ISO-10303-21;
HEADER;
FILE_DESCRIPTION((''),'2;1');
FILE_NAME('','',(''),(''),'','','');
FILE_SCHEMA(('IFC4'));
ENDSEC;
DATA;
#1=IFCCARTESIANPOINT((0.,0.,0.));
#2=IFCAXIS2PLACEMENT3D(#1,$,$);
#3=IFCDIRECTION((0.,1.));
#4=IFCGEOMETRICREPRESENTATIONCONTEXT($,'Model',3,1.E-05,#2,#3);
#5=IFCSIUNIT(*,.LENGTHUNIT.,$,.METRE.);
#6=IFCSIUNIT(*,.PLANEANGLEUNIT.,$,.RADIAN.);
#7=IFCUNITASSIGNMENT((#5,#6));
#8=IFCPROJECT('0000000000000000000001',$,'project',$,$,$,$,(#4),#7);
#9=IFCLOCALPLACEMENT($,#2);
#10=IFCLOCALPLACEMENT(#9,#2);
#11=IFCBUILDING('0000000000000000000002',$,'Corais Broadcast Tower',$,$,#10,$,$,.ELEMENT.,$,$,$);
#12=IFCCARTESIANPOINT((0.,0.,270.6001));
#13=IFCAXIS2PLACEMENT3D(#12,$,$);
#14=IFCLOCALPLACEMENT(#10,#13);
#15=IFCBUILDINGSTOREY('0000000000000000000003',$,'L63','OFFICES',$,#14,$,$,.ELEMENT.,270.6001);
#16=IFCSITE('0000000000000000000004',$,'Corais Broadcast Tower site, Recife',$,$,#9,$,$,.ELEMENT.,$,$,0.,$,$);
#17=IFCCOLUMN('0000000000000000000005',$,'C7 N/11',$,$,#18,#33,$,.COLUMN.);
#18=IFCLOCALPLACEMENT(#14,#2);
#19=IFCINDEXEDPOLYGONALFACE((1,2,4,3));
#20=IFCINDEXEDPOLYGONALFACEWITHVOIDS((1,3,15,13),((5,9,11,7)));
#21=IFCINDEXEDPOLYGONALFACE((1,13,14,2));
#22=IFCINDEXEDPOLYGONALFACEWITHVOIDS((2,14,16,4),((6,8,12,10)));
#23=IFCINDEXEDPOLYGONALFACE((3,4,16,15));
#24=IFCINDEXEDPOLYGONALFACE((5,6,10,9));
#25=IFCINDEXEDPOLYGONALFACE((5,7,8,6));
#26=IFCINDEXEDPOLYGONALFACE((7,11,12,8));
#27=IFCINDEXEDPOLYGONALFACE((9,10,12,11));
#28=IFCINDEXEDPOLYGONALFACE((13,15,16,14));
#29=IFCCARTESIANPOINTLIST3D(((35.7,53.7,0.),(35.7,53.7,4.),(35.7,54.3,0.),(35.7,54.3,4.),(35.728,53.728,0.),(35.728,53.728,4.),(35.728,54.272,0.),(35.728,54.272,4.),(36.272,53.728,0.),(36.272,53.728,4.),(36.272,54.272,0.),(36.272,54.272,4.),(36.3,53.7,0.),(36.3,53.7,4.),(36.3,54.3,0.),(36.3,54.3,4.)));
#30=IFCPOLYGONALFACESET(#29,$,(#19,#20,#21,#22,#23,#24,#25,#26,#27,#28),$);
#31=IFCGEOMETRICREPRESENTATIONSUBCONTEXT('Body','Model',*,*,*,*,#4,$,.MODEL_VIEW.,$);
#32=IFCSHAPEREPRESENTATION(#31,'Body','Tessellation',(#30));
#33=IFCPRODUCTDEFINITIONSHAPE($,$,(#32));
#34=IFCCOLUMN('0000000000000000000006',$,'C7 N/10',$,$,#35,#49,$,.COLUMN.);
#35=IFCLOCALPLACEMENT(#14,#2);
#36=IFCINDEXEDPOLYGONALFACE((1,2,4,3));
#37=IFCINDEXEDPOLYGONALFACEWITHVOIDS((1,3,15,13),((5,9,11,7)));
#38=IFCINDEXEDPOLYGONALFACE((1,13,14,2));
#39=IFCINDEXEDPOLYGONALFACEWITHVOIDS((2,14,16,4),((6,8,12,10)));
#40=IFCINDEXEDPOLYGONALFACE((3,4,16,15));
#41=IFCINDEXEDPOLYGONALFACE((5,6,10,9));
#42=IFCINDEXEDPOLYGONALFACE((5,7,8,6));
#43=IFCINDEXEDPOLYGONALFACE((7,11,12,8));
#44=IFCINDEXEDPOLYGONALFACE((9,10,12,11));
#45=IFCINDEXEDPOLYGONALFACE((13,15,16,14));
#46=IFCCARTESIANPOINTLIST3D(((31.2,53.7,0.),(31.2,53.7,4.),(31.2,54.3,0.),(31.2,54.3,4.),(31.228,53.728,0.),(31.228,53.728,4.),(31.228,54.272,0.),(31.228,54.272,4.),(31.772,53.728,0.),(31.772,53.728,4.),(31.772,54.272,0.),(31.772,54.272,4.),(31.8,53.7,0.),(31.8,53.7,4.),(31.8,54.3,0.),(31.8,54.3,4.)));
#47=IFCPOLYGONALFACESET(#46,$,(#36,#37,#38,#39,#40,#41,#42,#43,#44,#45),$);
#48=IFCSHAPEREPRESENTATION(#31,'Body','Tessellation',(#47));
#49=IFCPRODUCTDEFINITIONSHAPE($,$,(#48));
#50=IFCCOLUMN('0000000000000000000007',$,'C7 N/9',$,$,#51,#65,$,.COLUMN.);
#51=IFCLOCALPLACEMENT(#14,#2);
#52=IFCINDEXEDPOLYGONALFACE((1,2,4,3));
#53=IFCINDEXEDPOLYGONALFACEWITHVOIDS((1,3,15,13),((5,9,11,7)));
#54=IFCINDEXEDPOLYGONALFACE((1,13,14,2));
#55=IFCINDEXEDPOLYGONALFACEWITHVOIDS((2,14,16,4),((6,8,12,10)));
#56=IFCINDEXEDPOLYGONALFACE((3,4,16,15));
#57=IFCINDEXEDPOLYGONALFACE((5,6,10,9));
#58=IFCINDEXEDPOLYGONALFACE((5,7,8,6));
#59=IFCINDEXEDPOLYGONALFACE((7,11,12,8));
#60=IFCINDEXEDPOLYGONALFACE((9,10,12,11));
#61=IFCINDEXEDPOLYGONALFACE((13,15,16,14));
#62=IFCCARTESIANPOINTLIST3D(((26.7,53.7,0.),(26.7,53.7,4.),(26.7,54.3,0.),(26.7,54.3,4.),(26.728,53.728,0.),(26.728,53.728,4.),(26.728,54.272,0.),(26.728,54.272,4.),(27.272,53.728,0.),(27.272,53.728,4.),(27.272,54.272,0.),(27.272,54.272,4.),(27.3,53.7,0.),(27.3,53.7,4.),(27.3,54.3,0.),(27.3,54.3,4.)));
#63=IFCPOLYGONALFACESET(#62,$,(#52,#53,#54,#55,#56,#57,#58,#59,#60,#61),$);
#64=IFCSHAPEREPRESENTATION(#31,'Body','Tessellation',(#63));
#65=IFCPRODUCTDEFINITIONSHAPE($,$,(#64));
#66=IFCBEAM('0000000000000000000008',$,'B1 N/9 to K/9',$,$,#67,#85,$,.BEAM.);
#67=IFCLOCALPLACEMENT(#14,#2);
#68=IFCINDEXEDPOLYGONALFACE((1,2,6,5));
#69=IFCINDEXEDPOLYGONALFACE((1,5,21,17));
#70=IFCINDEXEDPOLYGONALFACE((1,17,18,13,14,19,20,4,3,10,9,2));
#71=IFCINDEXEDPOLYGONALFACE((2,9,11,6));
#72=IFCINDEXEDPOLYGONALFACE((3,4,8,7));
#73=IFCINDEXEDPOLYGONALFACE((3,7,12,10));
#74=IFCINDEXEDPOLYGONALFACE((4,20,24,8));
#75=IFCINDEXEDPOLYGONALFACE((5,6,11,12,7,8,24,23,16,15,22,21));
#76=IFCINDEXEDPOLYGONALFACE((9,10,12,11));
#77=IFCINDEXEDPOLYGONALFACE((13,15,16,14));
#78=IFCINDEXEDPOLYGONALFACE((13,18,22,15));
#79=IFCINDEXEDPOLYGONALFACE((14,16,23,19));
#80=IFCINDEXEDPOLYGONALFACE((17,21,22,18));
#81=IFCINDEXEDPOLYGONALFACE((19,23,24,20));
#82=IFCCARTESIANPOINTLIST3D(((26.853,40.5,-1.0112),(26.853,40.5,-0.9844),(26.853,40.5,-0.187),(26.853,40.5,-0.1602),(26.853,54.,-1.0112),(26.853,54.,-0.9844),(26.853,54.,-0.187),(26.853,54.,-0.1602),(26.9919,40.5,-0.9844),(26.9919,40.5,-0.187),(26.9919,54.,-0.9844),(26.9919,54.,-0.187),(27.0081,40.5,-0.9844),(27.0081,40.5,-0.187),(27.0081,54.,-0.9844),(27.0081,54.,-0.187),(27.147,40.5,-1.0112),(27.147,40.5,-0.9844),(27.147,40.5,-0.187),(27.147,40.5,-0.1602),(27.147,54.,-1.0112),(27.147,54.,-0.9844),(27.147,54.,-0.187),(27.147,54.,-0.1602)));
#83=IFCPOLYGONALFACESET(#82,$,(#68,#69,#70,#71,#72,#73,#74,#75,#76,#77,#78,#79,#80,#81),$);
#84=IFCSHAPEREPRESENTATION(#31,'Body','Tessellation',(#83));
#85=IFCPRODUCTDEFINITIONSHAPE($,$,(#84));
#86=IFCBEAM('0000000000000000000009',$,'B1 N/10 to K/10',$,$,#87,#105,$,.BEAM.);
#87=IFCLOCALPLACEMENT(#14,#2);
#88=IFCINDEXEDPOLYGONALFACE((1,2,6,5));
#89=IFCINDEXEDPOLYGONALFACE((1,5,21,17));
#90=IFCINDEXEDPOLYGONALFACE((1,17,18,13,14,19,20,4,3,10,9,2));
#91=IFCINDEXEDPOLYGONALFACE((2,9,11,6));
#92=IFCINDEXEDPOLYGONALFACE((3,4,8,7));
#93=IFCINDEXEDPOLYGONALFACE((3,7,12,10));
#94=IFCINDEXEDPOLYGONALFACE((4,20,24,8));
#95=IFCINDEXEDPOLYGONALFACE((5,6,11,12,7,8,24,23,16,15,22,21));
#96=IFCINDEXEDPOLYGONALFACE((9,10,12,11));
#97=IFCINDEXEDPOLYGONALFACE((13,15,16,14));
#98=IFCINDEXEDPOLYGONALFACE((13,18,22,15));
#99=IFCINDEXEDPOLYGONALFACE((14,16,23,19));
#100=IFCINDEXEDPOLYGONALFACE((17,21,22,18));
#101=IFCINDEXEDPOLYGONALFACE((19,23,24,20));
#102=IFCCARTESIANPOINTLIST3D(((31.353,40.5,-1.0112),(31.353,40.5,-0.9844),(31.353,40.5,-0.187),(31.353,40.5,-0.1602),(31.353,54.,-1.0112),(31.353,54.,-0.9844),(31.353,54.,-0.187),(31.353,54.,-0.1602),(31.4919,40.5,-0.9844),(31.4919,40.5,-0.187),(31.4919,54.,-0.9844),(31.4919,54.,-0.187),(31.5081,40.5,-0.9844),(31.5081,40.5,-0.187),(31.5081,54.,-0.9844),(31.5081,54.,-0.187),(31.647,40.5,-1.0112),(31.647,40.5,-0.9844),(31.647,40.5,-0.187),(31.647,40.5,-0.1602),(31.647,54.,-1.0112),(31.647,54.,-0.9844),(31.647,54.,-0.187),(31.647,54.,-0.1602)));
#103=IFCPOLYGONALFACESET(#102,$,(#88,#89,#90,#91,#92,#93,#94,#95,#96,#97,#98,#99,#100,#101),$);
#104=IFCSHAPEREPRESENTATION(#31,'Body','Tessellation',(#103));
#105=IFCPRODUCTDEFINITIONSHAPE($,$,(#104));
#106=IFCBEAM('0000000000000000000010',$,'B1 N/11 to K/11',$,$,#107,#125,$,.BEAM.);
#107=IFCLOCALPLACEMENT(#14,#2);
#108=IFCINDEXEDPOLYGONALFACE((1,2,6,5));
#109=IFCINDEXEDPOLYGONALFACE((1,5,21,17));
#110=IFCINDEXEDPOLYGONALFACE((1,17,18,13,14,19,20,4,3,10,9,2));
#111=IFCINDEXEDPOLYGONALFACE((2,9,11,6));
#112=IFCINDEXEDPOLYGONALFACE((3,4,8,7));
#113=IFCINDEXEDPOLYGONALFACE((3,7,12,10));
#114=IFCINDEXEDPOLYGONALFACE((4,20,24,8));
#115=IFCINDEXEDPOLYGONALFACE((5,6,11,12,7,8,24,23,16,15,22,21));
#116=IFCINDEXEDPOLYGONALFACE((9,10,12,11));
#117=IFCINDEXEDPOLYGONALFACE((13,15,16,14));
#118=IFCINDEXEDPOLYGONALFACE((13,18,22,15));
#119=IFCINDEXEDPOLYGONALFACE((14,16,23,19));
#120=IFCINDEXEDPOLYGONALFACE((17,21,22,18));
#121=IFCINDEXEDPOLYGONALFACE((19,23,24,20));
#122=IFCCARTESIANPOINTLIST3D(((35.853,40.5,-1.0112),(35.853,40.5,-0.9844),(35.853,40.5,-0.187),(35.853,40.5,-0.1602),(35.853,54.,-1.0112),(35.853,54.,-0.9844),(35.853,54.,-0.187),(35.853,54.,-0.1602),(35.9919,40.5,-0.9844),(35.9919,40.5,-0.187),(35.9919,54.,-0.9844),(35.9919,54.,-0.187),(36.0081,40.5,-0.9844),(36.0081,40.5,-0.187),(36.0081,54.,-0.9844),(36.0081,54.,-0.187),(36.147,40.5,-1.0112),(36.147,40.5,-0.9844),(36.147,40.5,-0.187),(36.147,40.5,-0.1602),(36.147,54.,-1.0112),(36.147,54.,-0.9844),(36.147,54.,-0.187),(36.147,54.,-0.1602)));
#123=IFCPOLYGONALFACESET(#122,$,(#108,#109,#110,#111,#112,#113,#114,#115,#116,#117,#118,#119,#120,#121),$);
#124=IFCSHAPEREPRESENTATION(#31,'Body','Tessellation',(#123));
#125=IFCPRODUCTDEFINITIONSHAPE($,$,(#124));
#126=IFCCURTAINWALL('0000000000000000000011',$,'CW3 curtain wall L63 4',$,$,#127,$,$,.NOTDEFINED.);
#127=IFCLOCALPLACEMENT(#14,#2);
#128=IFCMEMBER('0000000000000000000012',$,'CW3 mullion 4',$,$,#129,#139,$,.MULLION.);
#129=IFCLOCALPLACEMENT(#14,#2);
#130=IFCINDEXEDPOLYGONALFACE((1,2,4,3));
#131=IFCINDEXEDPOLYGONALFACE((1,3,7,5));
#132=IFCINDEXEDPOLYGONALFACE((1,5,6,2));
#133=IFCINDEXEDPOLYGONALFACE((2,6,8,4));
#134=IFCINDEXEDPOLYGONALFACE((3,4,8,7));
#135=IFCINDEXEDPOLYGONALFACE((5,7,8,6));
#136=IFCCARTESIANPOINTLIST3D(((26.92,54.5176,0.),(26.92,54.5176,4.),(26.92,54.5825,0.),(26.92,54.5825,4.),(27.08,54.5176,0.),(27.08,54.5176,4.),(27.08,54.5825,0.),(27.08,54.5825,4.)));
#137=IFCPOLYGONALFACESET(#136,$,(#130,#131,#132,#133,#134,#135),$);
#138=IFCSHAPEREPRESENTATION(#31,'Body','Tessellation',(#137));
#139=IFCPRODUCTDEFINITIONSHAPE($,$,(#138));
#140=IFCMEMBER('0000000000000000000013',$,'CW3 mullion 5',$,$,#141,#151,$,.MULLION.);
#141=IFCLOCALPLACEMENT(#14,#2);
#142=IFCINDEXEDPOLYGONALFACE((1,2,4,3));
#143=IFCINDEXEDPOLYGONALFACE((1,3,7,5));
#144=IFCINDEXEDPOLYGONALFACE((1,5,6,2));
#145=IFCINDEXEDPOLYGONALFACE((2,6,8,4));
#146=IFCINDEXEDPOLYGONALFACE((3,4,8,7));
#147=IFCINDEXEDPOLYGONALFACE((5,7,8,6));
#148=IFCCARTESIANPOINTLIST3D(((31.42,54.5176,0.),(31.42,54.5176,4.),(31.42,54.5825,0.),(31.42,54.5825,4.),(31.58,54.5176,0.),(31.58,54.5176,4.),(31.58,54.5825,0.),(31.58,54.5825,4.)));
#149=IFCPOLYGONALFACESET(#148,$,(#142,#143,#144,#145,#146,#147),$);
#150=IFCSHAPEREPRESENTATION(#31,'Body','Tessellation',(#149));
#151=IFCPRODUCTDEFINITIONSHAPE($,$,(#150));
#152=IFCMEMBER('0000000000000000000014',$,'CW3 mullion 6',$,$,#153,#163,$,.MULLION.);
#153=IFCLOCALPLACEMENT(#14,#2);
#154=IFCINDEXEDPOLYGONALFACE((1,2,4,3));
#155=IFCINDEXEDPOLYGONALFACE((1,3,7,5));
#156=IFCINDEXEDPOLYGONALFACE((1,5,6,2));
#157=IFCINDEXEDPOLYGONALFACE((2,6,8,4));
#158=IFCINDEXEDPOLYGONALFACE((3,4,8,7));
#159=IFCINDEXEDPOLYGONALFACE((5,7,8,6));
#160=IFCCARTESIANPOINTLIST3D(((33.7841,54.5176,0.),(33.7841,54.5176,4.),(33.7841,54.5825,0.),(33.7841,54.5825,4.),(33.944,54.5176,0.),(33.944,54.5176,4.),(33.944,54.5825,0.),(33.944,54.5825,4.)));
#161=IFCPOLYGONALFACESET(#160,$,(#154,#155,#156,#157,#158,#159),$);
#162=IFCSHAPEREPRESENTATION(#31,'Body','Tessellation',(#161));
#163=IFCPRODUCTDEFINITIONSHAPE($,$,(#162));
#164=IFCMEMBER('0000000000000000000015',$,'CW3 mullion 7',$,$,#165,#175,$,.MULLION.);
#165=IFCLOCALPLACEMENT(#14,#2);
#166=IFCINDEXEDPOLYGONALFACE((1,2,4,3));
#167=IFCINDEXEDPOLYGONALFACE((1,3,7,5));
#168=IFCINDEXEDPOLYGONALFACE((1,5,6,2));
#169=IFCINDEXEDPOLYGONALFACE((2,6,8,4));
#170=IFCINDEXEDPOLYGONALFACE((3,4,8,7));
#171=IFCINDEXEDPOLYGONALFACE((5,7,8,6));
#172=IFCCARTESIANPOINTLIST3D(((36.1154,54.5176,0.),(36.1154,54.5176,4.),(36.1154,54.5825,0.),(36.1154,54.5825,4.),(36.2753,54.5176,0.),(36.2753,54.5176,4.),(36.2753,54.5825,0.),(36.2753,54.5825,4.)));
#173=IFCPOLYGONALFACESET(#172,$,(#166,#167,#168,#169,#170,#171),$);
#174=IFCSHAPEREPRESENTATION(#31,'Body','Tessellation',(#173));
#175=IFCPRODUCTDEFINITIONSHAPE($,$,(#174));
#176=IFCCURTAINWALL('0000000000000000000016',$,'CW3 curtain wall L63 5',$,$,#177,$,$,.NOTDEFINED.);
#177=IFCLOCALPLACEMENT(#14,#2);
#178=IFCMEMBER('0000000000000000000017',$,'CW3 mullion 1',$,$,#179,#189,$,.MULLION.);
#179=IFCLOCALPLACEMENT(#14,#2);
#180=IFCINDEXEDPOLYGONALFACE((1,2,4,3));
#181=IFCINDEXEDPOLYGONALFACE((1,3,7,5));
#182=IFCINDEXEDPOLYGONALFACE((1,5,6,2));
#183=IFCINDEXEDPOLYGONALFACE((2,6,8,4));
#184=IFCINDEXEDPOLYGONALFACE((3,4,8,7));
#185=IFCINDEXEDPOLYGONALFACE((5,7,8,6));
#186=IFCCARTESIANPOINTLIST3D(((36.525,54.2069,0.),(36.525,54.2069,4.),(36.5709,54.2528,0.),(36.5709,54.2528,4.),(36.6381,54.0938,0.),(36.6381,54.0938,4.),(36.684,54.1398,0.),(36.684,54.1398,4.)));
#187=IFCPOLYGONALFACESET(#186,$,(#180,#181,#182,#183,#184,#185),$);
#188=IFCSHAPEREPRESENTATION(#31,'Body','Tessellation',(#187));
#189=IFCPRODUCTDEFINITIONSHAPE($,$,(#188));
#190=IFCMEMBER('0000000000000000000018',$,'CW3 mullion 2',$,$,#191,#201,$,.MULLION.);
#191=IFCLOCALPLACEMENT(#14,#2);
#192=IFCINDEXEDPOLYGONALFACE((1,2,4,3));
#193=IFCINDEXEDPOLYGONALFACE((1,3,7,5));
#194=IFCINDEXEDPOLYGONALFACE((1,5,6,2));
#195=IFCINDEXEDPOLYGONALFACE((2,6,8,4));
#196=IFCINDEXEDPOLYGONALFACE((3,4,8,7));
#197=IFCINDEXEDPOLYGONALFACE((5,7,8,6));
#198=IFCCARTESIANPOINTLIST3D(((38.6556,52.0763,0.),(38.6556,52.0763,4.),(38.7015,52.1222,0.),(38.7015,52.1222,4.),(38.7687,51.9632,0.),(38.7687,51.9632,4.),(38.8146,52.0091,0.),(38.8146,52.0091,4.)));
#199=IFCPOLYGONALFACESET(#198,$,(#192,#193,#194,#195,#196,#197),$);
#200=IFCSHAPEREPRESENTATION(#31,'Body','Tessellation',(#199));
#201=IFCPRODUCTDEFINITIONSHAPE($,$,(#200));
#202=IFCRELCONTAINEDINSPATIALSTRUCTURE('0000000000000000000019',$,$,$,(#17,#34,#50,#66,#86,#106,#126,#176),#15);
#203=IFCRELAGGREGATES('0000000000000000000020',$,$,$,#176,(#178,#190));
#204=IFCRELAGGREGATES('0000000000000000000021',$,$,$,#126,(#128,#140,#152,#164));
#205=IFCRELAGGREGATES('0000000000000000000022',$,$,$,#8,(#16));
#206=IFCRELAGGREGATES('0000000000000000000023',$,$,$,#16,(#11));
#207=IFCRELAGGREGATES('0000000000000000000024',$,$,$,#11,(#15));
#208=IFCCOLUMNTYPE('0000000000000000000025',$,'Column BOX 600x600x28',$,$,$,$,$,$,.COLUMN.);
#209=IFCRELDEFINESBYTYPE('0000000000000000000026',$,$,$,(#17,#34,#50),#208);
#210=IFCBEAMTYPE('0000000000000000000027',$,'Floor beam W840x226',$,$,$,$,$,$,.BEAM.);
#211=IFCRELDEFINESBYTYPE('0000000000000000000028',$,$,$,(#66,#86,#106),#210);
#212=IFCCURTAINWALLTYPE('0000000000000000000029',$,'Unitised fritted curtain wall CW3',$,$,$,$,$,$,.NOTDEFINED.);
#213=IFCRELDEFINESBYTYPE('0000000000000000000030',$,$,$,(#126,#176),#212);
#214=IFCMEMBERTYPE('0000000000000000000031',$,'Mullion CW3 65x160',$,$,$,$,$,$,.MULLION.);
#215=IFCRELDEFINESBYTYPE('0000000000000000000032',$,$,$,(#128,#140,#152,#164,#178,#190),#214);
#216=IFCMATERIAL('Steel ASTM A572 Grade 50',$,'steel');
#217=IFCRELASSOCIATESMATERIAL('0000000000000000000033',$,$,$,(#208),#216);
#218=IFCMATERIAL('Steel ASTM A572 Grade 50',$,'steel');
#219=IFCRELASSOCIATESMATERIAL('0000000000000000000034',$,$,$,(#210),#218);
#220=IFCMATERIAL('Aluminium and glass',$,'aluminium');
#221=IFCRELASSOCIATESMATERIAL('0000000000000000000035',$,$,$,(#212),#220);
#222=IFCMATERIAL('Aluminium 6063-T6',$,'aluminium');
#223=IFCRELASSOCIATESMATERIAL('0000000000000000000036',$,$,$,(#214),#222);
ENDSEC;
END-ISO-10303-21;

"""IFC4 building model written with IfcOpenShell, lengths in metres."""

from ifc_helpers import new_model, si_unit, direction, frame, origin, origin_2d, place, context, subcontext, project, spatial, rectangle, hollow_rectangle, i_section, extrude, material, material_profile, profile_set, type_object, element, aggregate, save


model = new_model("IFC4")

# Units and contexts
model_context = context("Model", 3, precision=1e-05, world=origin(), true_north=direction((0.0, 1.0)))
body_context = subcontext(model_context, "Body", "Model", "MODEL_VIEW")
ifc_project = project(units=[si_unit("LENGTHUNIT", "METRE"), si_unit("PLANEANGLEUNIT", "RADIAN")], contexts=[model_context])

# Site, building, storey
site_placement = place(None, origin())
site = spatial("IfcSite", under=ifc_project, at=site_placement, Name="Corais Broadcast Tower site, Recife", CompositionType="ELEMENT", RefElevation=0.0)
building_placement = place(site_placement, origin())
building = spatial("IfcBuilding", under=site, at=building_placement, Name="Corais Broadcast Tower", CompositionType="ELEMENT")
storey_placement = place(building_placement, frame((0.0, 0.0, 270.6001)))
storey = spatial("IfcBuildingStorey", under=building, at=storey_placement, Name="L63", Description="OFFICES", CompositionType="ELEMENT", Elevation=270.6001)

# Columns
ifc_material_1 = material(Name="Steel ASTM A572 Grade 50", Category="steel")
ifc_material_profile_1 = material_profile(ifc_material_1, hollow_rectangle(XDim=0.6001, YDim=0.6001, WallThickness=0.0281, at=origin_2d()), Name="BOX 600x600x28")
ifc_profile_set_1 = profile_set([ifc_material_profile_1], Name="Steel ASTM A572 Grade 50")
column_type = type_object("IfcColumnType", Name="Column BOX 600x600x28", PredefinedType="COLUMN", material=ifc_profile_set_1)
for number, where, z_axis, x_axis, name in (
    (1, (36.0, 54.0, 0.0), (0.0, 0.0, 1.0), (1.0, 0.0, 0.0), "C7 N/11"),
    (2, (31.5, 54.0, 0.0), (0.0, 0.0, 1.0), (1.0, 0.0, 0.0), "C7 N/10"),
    (3, (27.0, 54.0, 0.0), (0.0, 0.0, 1.0), (1.0, 0.0, 0.0), "C7 N/9"),
):
    element("IfcColumn", number, at=place(storey_placement, frame(where, z_axis=z_axis, x_axis=x_axis)), inside=storey, type_object=column_type, Name=name, PredefinedType="COLUMN", context=body_context, shape_type="SweptSolid", body=[
        extrude(hollow_rectangle(XDim=0.6001, YDim=0.6001, WallThickness=0.0281, at=origin_2d()), origin(), (0.0, 0.0, 1.0), 4.0),
    ])

# Beams
ifc_material_2 = material(Name="Steel ASTM A572 Grade 50", Category="steel")
ifc_material_profile_2 = material_profile(ifc_material_2, i_section(OverallWidth=0.2939, OverallDepth=0.8511, WebThickness=0.0161, FlangeThickness=0.0269, at=origin_2d()), Name="W840x226")
ifc_profile_set_2 = profile_set([ifc_material_profile_2], Name="Steel ASTM A572 Grade 50")
beam_type_1 = type_object("IfcBeamType", Name="Floor beam W840x226", PredefinedType="BEAM", material=ifc_profile_set_2)
for number, where, z_axis, x_axis, name in (
    (4, (27.0, 54.0, -0.5857), (0.0, -1.0, 0.0), (1.0, 0.0, 0.0), "B1 N/9 to K/9"),
    (5, (31.5, 54.0, -0.5857), (0.0, -1.0, 0.0), (1.0, 0.0, 0.0), "B1 N/10 to K/10"),
    (6, (36.0, 54.0, -0.5857), (0.0, -1.0, 0.0), (1.0, 0.0, 0.0), "B1 N/11 to K/11"),
):
    element("IfcBeam", number, at=place(storey_placement, frame(where, z_axis=z_axis, x_axis=x_axis)), inside=storey, type_object=beam_type_1, Name=name, PredefinedType="BEAM", context=body_context, shape_type="SweptSolid", body=[
        extrude(i_section(OverallWidth=0.2939, OverallDepth=0.8511, WebThickness=0.0161, FlangeThickness=0.0269, at=origin_2d()), origin(), (0.0, 0.0, 1.0), 13.5),
    ])

# Curtain walls, members
ifc_material_3 = material(Name="Aluminium and glass", Category="aluminium")
curtain_wall_type = type_object("IfcCurtainWallType", Name="Unitised fritted curtain wall CW3", PredefinedType="NOTDEFINED", material=ifc_material_3)
curtain_wall_1_placement = place(storey_placement, origin())
curtain_wall_1 = element("IfcCurtainWall", 7, at=curtain_wall_1_placement, inside=storey, type_object=curtain_wall_type, Name="CW3 curtain wall L63 4", PredefinedType="NOTDEFINED")
ifc_material_4 = material(Name="Aluminium 6063-T6", Category="aluminium")
ifc_material_profile_3 = material_profile(ifc_material_4, rectangle(XDim=0.0649, YDim=0.1599, at=origin_2d()), Name="Mullion CW3 65x160")
ifc_profile_set_3 = profile_set([ifc_material_profile_3], Name="Aluminium 6063-T6")
member_type_1 = type_object("IfcMemberType", Name="Mullion CW3 65x160", PredefinedType="MULLION", material=ifc_profile_set_3)
member_1_placement = place(storey_placement, frame((27.0, 54.55, 0.0), z_axis=(0.0, 0.0, 1.0), x_axis=(0.0, 1.0, 0.0)))
member_1 = element("IfcMember", 8, at=member_1_placement, type_object=member_type_1, Name="CW3 mullion 4", PredefinedType="MULLION", context=body_context, shape_type="SweptSolid", body=[
    extrude(rectangle(XDim=0.0649, YDim=0.1599, at=origin_2d()), origin(), (0.0, 0.0, 1.0), 4.0),
])
member_2_placement = place(storey_placement, frame((31.5, 54.55, 0.0), z_axis=(0.0, 0.0, 1.0), x_axis=(0.0, 1.0, 0.0)))
member_2 = element("IfcMember", 9, at=member_2_placement, type_object=member_type_1, Name="CW3 mullion 5", PredefinedType="MULLION", context=body_context, shape_type="SweptSolid", body=[
    extrude(rectangle(XDim=0.0649, YDim=0.1599, at=origin_2d()), origin(), (0.0, 0.0, 1.0), 4.0),
])
member_3_placement = place(storey_placement, frame((33.864, 54.55, 0.0), z_axis=(0.0, 0.0, 1.0), x_axis=(0.0, 1.0, 0.0)))
member_3 = element("IfcMember", 10, at=member_3_placement, type_object=member_type_1, Name="CW3 mullion 6", PredefinedType="MULLION", context=body_context, shape_type="SweptSolid", body=[
    extrude(rectangle(XDim=0.0649, YDim=0.1599, at=origin_2d()), origin(), (0.0, 0.0, 1.0), 4.0),
])
member_4_placement = place(storey_placement, frame((36.1953, 54.55, 0.0), z_axis=(0.0, 0.0, 1.0), x_axis=(0.0, 1.0, 0.0)))
member_4 = element("IfcMember", 11, at=member_4_placement, type_object=member_type_1, Name="CW3 mullion 7", PredefinedType="MULLION", context=body_context, shape_type="SweptSolid", body=[
    extrude(rectangle(XDim=0.0649, YDim=0.1599, at=origin_2d()), origin(), (0.0, 0.0, 1.0), 4.0),
])
curtain_wall_2_placement = place(storey_placement, origin())
curtain_wall_2 = element("IfcCurtainWall", 12, at=curtain_wall_2_placement, inside=storey, type_object=curtain_wall_type, Name="CW3 curtain wall L63 5", PredefinedType="NOTDEFINED")
member_5_placement = place(storey_placement, frame((36.6045, 54.1733, 0.0), z_axis=(0.0, 0.0, 1.0), x_axis=(0.707107, 0.707107, 0.0)))
member_5 = element("IfcMember", 13, at=member_5_placement, type_object=member_type_1, Name="CW3 mullion 1", PredefinedType="MULLION", context=body_context, shape_type="SweptSolid", body=[
    extrude(rectangle(XDim=0.0649, YDim=0.1599, at=origin_2d()), origin(), (0.0, 0.0, 1.0), 4.0),
])
member_6_placement = place(storey_placement, frame((38.7351, 52.0427, 0.0), z_axis=(0.0, 0.0, 1.0), x_axis=(0.707107, 0.707107, 0.0)))
member_6 = element("IfcMember", 14, at=member_6_placement, type_object=member_type_1, Name="CW3 mullion 2", PredefinedType="MULLION", context=body_context, shape_type="SweptSolid", body=[
    extrude(rectangle(XDim=0.0649, YDim=0.1599, at=origin_2d()), origin(), (0.0, 0.0, 1.0), 4.0),
])

aggregate(curtain_wall_2, [member_5, member_6])
aggregate(curtain_wall_1, [member_1, member_2, member_3, member_4])

save(model, "model.ifc")
